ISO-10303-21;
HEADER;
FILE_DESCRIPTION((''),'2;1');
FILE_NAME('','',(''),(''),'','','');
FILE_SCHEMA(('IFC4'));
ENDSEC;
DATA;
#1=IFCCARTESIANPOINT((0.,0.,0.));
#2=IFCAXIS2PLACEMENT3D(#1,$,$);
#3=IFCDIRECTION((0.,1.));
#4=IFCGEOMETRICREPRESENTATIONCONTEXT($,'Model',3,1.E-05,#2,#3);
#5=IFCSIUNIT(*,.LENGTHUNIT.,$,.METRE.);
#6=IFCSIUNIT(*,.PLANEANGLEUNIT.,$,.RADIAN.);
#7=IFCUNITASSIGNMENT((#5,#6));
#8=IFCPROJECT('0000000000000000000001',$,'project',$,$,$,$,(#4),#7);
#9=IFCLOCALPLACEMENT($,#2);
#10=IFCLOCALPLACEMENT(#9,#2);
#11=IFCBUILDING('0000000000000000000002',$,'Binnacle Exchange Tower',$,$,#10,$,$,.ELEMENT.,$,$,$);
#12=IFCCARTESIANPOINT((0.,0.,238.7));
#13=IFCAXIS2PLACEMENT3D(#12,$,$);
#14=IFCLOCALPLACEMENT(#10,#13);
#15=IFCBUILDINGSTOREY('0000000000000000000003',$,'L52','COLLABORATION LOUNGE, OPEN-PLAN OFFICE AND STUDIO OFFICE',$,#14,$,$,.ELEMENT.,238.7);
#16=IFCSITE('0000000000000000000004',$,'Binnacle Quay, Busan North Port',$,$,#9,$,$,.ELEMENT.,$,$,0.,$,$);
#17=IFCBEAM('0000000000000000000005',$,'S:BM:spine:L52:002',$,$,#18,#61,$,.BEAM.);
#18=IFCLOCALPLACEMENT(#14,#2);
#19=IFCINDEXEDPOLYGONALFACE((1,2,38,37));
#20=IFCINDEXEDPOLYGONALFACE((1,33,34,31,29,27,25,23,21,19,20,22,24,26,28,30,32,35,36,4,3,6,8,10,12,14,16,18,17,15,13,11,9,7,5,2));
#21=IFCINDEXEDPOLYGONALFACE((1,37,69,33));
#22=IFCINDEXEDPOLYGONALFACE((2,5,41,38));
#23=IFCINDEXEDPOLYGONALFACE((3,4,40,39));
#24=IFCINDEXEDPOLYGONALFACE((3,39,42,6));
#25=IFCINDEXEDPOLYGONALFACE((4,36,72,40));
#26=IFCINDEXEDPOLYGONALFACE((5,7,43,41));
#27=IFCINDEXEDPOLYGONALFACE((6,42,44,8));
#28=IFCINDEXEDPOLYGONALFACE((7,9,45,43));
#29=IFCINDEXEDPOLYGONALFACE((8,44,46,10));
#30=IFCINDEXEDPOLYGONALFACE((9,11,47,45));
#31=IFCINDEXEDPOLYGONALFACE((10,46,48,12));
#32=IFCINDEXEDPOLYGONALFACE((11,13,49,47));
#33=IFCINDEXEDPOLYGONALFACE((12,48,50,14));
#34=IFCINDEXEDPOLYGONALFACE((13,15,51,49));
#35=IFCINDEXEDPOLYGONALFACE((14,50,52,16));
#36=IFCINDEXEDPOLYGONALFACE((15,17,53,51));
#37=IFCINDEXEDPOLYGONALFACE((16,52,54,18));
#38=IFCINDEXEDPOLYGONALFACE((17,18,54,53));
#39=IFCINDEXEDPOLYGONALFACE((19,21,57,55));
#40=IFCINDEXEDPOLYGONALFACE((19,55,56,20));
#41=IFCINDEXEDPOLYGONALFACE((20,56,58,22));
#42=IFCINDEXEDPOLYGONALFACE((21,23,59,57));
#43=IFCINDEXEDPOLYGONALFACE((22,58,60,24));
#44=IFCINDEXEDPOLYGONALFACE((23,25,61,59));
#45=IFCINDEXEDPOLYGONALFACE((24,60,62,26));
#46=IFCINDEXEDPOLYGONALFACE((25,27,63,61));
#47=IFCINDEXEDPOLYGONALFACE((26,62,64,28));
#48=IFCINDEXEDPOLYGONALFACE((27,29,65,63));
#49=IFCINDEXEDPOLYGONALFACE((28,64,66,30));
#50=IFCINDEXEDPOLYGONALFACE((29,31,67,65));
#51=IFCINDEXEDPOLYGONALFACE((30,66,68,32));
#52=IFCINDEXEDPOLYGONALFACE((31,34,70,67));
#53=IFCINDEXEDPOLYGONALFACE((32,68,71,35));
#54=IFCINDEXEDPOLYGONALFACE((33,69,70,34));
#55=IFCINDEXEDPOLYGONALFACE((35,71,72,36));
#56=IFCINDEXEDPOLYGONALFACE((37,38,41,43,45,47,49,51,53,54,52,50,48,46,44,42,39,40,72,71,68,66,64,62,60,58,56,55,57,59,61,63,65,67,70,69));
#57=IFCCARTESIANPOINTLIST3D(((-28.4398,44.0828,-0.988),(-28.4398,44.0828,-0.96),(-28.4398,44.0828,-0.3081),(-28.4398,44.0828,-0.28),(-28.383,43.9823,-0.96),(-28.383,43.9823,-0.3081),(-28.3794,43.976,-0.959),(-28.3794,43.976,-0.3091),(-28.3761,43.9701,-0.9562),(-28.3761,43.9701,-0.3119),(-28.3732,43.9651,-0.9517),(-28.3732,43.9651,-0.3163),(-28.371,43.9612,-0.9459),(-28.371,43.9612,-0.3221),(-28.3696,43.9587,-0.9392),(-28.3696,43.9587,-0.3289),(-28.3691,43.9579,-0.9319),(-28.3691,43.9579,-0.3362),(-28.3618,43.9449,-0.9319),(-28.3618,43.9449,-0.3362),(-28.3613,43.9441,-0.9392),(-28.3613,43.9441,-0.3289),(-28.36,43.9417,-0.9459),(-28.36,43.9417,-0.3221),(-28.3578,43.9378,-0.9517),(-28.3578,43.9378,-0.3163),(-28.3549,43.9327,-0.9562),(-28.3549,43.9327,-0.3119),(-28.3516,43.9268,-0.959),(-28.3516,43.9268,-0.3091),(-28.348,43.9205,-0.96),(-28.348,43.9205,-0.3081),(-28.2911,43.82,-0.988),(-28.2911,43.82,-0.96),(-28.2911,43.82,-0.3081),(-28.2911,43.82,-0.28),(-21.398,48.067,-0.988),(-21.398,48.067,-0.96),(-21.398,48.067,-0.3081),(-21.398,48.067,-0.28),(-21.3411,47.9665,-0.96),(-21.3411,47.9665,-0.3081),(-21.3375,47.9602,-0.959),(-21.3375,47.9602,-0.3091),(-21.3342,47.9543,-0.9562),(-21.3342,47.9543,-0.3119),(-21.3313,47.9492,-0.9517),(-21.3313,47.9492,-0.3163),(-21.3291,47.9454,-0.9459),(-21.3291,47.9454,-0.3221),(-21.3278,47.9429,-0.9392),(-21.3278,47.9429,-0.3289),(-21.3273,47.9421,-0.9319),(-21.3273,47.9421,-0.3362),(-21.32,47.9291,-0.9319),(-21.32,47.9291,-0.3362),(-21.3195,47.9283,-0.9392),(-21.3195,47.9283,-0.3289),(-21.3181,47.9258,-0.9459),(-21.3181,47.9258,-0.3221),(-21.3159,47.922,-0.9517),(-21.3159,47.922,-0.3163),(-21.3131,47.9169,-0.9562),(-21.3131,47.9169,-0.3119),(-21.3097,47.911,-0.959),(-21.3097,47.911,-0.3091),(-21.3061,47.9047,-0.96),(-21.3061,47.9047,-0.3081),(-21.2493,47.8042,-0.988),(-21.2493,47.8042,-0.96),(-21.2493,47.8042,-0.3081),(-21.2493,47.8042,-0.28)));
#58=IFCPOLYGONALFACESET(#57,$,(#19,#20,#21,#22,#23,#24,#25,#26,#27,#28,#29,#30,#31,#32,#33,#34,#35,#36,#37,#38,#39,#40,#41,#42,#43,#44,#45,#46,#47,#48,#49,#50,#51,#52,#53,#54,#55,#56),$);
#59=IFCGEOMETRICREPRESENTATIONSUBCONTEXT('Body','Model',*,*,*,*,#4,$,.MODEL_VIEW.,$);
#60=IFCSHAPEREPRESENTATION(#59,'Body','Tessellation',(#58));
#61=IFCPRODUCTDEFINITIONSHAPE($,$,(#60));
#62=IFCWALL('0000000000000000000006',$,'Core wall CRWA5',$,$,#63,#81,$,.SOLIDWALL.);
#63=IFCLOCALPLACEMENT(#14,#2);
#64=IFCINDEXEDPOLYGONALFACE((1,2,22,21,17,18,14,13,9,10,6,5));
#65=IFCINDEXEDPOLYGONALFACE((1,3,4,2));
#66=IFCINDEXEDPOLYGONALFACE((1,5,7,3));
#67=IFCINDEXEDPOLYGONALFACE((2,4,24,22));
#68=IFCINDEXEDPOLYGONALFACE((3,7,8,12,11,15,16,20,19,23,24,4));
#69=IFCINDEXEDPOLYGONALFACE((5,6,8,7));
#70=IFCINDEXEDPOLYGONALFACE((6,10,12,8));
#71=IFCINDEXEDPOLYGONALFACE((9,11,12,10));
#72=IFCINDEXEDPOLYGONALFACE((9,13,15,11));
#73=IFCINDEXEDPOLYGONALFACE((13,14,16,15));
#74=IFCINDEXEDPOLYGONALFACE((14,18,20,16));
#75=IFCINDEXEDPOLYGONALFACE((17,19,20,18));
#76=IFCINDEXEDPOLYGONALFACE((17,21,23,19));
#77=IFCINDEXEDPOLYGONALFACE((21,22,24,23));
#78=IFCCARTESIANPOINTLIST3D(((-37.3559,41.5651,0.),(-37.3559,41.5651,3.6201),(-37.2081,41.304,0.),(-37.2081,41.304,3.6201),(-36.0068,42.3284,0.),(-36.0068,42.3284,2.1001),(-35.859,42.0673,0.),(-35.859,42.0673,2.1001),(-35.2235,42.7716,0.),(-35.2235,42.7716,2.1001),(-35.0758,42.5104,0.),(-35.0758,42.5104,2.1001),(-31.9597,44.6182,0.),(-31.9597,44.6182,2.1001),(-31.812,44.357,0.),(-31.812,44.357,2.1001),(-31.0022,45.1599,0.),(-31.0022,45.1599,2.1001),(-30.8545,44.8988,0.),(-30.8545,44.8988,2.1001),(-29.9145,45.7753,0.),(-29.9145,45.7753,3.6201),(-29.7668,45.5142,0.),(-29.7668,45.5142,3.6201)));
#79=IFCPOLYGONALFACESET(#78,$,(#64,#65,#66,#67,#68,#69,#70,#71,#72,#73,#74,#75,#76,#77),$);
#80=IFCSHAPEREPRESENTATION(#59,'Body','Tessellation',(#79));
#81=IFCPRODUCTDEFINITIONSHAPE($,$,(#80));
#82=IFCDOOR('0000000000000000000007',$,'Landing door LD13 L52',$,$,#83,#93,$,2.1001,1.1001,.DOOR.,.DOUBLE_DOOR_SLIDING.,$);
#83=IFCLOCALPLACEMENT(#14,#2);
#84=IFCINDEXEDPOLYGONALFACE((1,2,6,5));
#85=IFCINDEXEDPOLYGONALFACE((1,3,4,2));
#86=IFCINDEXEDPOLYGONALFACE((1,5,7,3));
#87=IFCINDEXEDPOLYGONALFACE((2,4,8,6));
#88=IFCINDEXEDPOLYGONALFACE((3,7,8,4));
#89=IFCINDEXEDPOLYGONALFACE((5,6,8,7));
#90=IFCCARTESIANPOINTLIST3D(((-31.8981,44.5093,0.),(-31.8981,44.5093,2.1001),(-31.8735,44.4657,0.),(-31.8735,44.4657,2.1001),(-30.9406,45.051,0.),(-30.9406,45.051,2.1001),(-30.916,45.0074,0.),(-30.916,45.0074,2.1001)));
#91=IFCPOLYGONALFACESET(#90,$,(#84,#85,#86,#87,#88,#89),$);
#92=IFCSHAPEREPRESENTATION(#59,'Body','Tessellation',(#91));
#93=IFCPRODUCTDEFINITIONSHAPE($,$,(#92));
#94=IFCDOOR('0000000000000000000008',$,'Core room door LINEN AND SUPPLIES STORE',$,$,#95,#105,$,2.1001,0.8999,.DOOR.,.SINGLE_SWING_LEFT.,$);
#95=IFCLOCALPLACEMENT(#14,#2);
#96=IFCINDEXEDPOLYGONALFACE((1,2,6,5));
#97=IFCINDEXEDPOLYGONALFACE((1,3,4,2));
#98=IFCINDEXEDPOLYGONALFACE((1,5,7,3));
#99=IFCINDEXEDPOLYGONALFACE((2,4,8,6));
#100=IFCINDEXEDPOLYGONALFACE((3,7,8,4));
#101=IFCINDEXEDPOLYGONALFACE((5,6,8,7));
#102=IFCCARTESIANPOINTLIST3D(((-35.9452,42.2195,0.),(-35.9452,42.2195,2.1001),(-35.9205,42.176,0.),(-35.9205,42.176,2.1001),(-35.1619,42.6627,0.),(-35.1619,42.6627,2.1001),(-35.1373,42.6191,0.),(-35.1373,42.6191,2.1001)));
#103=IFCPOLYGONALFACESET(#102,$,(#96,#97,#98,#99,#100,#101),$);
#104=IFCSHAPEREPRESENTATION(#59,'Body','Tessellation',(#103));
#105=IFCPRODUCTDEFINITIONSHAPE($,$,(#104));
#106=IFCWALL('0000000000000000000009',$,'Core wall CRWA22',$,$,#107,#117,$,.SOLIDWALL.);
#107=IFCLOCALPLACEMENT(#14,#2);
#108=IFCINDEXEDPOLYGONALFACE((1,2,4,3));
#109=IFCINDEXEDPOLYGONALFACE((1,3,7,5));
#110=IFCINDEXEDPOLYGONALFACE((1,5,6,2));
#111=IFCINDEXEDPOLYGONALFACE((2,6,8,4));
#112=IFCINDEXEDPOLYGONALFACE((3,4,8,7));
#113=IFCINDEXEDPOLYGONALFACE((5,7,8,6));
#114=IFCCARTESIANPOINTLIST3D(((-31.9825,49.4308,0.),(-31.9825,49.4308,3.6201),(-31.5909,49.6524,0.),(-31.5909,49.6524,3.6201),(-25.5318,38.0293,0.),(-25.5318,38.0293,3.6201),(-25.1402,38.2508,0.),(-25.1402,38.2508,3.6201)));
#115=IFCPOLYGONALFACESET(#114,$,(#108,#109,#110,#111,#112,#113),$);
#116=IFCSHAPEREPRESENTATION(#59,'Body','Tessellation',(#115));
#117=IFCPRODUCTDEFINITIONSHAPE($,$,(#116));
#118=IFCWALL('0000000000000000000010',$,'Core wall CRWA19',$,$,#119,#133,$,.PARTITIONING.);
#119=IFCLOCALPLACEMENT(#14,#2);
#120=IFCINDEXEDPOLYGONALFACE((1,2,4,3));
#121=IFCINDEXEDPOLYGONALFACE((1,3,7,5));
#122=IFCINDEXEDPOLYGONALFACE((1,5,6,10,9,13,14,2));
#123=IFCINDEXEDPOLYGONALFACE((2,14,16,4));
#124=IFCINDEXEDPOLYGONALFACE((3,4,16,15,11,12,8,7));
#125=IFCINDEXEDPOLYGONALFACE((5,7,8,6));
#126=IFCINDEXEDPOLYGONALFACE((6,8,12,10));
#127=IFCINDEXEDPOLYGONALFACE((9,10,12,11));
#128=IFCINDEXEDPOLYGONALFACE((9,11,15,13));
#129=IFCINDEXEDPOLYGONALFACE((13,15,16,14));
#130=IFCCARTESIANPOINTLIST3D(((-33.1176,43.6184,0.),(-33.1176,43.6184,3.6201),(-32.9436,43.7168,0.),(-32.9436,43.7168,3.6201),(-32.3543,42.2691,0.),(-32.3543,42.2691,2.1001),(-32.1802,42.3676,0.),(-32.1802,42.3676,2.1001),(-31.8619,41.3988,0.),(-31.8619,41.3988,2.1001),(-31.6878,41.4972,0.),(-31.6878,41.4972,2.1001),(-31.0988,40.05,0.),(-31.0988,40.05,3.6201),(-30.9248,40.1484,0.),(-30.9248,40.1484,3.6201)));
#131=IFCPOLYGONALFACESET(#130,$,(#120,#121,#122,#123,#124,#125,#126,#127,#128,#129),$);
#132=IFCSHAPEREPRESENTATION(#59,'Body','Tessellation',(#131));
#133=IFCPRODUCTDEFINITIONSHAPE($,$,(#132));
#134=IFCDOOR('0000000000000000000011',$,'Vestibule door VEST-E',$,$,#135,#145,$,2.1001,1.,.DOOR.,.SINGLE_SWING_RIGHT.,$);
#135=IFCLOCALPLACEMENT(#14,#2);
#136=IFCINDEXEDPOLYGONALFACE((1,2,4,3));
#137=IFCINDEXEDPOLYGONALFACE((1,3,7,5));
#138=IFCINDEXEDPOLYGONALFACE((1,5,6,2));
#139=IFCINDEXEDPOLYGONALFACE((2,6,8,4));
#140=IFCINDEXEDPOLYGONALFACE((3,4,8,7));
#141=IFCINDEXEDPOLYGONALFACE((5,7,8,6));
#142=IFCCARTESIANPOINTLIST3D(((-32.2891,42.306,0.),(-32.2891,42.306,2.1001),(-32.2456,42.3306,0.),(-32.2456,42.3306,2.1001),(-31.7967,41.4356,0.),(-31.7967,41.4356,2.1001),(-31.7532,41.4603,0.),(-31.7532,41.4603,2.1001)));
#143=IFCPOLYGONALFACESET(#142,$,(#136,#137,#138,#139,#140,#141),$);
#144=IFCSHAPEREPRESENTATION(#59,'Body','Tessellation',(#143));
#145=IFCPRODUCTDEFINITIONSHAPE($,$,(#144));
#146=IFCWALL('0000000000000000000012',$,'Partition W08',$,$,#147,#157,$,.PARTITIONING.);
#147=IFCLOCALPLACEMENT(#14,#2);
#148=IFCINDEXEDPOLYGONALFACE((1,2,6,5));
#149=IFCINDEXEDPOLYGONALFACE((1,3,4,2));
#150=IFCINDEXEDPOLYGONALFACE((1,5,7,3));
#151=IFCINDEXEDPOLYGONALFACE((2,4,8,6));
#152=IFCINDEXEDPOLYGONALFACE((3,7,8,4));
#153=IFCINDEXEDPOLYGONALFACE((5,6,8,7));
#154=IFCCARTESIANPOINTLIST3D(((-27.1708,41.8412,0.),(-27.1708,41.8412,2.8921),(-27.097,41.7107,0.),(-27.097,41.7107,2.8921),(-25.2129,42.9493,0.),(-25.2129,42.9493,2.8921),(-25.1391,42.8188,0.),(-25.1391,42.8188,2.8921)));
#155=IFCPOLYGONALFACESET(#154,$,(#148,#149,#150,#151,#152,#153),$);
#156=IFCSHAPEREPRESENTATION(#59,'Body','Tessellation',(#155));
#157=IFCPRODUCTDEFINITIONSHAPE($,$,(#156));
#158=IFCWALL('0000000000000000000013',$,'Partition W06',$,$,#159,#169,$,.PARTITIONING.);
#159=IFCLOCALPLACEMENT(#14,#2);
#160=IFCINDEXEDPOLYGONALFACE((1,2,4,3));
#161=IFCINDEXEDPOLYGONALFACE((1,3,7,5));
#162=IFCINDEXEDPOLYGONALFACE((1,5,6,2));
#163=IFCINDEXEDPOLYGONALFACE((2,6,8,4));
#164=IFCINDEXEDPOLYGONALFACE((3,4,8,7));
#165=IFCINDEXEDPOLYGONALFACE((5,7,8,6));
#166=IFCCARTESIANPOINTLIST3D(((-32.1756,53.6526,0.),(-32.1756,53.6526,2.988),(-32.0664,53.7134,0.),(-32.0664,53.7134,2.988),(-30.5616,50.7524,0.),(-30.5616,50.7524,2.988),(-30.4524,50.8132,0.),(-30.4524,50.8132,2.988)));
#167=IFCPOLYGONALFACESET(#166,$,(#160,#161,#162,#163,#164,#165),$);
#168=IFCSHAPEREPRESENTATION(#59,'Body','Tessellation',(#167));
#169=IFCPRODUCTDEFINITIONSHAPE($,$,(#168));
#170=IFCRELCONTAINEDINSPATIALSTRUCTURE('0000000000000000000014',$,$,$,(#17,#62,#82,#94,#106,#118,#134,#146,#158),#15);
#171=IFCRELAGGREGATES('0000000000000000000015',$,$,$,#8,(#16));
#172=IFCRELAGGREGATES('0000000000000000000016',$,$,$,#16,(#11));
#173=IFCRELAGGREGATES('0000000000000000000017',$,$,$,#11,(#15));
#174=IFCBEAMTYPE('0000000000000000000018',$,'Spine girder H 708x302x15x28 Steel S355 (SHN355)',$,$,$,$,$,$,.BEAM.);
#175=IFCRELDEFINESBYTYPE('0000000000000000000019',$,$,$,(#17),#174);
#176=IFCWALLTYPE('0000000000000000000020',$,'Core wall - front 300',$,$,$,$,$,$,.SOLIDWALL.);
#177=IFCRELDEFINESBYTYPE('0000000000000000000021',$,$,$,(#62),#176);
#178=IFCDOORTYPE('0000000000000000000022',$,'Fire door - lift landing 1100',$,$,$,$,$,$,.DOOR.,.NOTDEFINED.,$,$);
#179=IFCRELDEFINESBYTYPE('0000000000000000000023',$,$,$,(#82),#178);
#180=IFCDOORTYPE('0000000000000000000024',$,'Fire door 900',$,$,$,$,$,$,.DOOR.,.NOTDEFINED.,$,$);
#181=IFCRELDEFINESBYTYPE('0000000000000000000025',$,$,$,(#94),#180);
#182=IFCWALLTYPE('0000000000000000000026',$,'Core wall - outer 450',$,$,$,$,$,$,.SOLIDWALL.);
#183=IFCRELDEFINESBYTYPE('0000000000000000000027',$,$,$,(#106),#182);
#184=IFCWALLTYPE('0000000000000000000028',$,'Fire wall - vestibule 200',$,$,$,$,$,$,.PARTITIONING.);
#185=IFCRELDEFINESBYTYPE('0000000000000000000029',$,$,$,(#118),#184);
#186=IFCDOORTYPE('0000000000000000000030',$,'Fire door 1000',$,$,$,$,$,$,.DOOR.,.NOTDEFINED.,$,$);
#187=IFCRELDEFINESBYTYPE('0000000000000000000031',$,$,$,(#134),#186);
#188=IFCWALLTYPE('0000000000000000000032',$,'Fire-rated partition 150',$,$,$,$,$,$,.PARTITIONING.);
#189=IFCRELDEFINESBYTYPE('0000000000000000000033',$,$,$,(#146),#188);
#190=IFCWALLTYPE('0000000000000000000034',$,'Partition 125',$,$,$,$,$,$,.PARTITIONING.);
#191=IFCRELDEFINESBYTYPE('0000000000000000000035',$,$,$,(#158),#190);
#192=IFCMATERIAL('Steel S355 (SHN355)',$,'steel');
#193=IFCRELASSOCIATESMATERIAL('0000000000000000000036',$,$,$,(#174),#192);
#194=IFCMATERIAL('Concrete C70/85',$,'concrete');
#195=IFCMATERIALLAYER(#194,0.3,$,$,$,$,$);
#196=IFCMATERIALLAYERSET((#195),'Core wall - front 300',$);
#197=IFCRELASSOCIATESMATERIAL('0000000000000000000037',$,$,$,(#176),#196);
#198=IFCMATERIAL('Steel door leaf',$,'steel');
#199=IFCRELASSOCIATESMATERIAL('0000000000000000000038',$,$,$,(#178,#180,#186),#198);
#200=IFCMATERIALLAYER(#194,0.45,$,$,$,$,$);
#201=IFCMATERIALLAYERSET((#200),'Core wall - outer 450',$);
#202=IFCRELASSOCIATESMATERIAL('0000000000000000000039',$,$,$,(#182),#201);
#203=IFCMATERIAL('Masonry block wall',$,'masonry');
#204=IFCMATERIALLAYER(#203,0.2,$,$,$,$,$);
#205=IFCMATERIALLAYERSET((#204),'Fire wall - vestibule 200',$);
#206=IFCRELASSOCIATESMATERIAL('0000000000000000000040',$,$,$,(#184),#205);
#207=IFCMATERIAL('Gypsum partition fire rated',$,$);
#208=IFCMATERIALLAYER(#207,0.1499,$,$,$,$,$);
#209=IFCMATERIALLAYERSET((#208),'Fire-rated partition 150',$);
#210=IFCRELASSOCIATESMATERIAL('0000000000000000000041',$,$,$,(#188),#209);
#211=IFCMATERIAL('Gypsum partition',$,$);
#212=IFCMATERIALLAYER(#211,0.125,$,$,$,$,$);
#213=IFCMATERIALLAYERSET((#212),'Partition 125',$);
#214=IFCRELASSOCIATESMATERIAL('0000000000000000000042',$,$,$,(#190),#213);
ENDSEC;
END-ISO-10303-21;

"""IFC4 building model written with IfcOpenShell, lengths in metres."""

from ifc_helpers import new_model, si_unit, direction, frame, frame_2d, origin, origin_2d, place, context, subcontext, project, spatial, rectangle, i_section, extrude, material, layer, layer_set, material_profile, profile_set, type_object, element, fill, save


model = new_model("IFC4")

# Units and contexts
model_context = context("Model", 3, precision=1e-05, world=origin(), true_north=direction((0.0, 1.0)))
body_context = subcontext(model_context, "Body", "Model", "MODEL_VIEW")
ifc_project = project(units=[si_unit("LENGTHUNIT", "METRE"), si_unit("PLANEANGLEUNIT", "RADIAN")], contexts=[model_context])

# Site, building, storey
site_placement = place(None, origin())
site = spatial("IfcSite", under=ifc_project, at=site_placement, Name="Binnacle Quay, Busan North Port", CompositionType="ELEMENT", RefElevation=0.0)
building_placement = place(site_placement, origin())
building = spatial("IfcBuilding", under=site, at=building_placement, Name="Binnacle Exchange Tower", CompositionType="ELEMENT")
storey_placement = place(building_placement, frame((0.0, 0.0, 238.7)))
storey = spatial("IfcBuildingStorey", under=building, at=storey_placement, Name="L52", Description="COLLABORATION LOUNGE, OPEN-PLAN OFFICE AND STUDIO OFFICE", CompositionType="ELEMENT", Elevation=238.7)

# Beam
ifc_material_1 = material(Name="Steel S355 (SHN355)", Category="steel")
ifc_material_profile_1 = material_profile(ifc_material_1, i_section(OverallWidth=0.302, OverallDepth=0.708, WebThickness=0.0149, FlangeThickness=0.0281, FilletRadius=0.0281, at=origin_2d()), Name="H 708x302x15x28")
ifc_profile_set_1 = profile_set([ifc_material_profile_1], Name="Steel S355 (SHN355)")
beam_type_1 = type_object("IfcBeamType", Name="Spine girder H 708x302x15x28 Steel S355 (SHN355)", PredefinedType="BEAM", material=ifc_profile_set_1)
beam_1_placement = place(storey_placement, frame((-28.3655, 43.9514, -0.634), z_axis=(0.87035, 0.492433, 0.0), x_axis=(-0.492433, 0.87035, 0.0)))
element("IfcBeam", 1, at=beam_1_placement, inside=storey, type_object=beam_type_1, Name="S:BM:spine:L52:002", PredefinedType="BEAM", context=body_context, shape_type="SweptSolid", body=[
    extrude(i_section(OverallWidth=0.302, OverallDepth=0.708, WebThickness=0.0149, FlangeThickness=0.0281, FilletRadius=0.0281, at=origin_2d()), origin(), (0.0, 0.0, 1.0), 8.0908),
])

# Wall, openings, doors
ifc_material_2 = material(Name="Concrete C70/85", Category="concrete")
ifc_layer_1 = layer(ifc_material_2, 0.3)
ifc_layer_set_1 = layer_set([ifc_layer_1], Name="Core wall - front 300")
wall_type_1 = type_object("IfcWallType", Name="Core wall - front 300", PredefinedType="SOLIDWALL", material=ifc_layer_set_1)
wall_1_placement = place(storey_placement, frame((-37.282, 41.4346, 0.0), z_axis=(0.0, 0.0, 1.0), x_axis=(0.870353, 0.492429, 0.0)))
wall_1 = element("IfcWall", 2, at=wall_1_placement, inside=storey, type_object=wall_type_1, Name="Core wall CRWA5", PredefinedType="SOLIDWALL", context=body_context, shape_type="SweptSolid", body=[
    extrude(rectangle(XDim=8.5498, YDim=0.3, at=frame_2d((4.2749, 0.0))), origin(), (0.0, 0.0, 1.0), 3.6201),
])
opening_1_placement = place(wall_1_placement, frame((6.2, 0.0, 0.0)))
opening_1 = element("IfcOpeningElement", 3, at=opening_1_placement, cuts=wall_1, PredefinedType="OPENING", context=body_context, shape_type="SweptSolid", body=[
    extrude(rectangle(XDim=1.1001, YDim=2.1001, at=frame_2d((0.55, 1.05))), frame((0.0, 0.1599, 0.0), z_axis=(0.0, -1.0, 0.0), x_axis=(1.0, 0.0, 0.0)), (0.0, 0.0, 1.0), 0.3201),
])
opening_2_placement = place(wall_1_placement, frame((1.55, 0.0, 0.0)))
opening_2 = element("IfcOpeningElement", 4, at=opening_2_placement, cuts=wall_1, PredefinedType="OPENING", context=body_context, shape_type="SweptSolid", body=[
    extrude(rectangle(XDim=0.8999, YDim=2.1001, at=frame_2d((0.45, 1.05))), frame((0.0, 0.1599, 0.0), z_axis=(0.0, -1.0, 0.0), x_axis=(1.0, 0.0, 0.0)), (0.0, 0.0, 1.0), 0.3201),
])
ifc_material_3 = material(Name="Steel door leaf", Category="steel")
door_type_1 = type_object("IfcDoorType", Name="Fire door - lift landing 1100", OperationType="NOTDEFINED", PredefinedType="DOOR", material=ifc_material_3)
door_1_placement = place(opening_1_placement, origin())
door_1 = element("IfcDoor", 5, at=door_1_placement, inside=storey, type_object=door_type_1, Name="Landing door LD13 L52", OperationType="DOUBLE_DOOR_SLIDING", OverallHeight=2.1001, OverallWidth=1.1001, PredefinedType="DOOR", context=body_context, shape_type="SweptSolid", body=[
    extrude(rectangle(XDim=1.1001, YDim=2.1001, at=frame_2d((0.55, 1.05))), frame((0.0, 0.0249, 0.0), z_axis=(0.0, -1.0, 0.0), x_axis=(1.0, 0.0, 0.0)), (0.0, 0.0, 1.0), 0.05),
])
fill(opening_1, door_1)
door_type_2 = type_object("IfcDoorType", Name="Fire door 900", OperationType="NOTDEFINED", PredefinedType="DOOR", material=ifc_material_3)
door_2_placement = place(opening_2_placement, origin())
door_2 = element("IfcDoor", 6, at=door_2_placement, inside=storey, type_object=door_type_2, Name="Core room door LINEN AND SUPPLIES STORE", OperationType="SINGLE_SWING_LEFT", OverallHeight=2.1001, OverallWidth=0.8999, PredefinedType="DOOR", context=body_context, shape_type="SweptSolid", body=[
    extrude(rectangle(XDim=0.8999, YDim=2.1001, at=frame_2d((0.45, 1.05))), frame((0.0, 0.0249, 0.0), z_axis=(0.0, -1.0, 0.0), x_axis=(1.0, 0.0, 0.0)), (0.0, 0.0, 1.0), 0.05),
])
fill(opening_2, door_2)

# Wall
ifc_layer_2 = layer(ifc_material_2, 0.45)
ifc_layer_set_2 = layer_set([ifc_layer_2], Name="Core wall - outer 450")
wall_type_2 = type_object("IfcWallType", Name="Core wall - outer 450", PredefinedType="SOLIDWALL", material=ifc_layer_set_2)
wall_2_placement = place(storey_placement, frame((-31.7866, 49.5415, 0.0), z_axis=(0.0, 0.0, 1.0), x_axis=(0.492421, -0.870357, 0.0)))
element("IfcWall", 7, at=wall_2_placement, inside=storey, type_object=wall_type_2, Name="Core wall CRWA22", PredefinedType="SOLIDWALL", context=body_context, shape_type="SweptSolid", body=[
    extrude(rectangle(XDim=13.0999, YDim=0.45, at=frame_2d((6.5498, 0.0))), origin(), (0.0, 0.0, 1.0), 3.6201),
])

# Wall, opening, door
ifc_material_4 = material(Name="Masonry block wall", Category="masonry")
ifc_layer_3 = layer(ifc_material_4, 0.2)
ifc_layer_set_3 = layer_set([ifc_layer_3], Name="Fire wall - vestibule 200")
wall_type_3 = type_object("IfcWallType", Name="Fire wall - vestibule 200", PredefinedType="PARTITIONING", material=ifc_layer_set_3)
wall_3_placement = place(storey_placement, frame((-33.0305, 43.6675, 0.0), z_axis=(0.0, 0.0, 1.0), x_axis=(0.492408, -0.870364, 0.0)))
wall_3 = element("IfcWall", 8, at=wall_3_placement, inside=storey, type_object=wall_type_3, Name="Core wall CRWA19", PredefinedType="PARTITIONING", context=body_context, shape_type="SweptSolid", body=[
    extrude(rectangle(XDim=4.0999, YDim=0.2, at=frame_2d((2.0498, 0.0))), origin(), (0.0, 0.0, 1.0), 3.6201),
])
opening_3_placement = place(wall_3_placement, frame((1.55, 0.0, 0.0)))
opening_3 = element("IfcOpeningElement", 9, at=opening_3_placement, cuts=wall_3, PredefinedType="OPENING", context=body_context, shape_type="SweptSolid", body=[
    extrude(rectangle(XDim=1.0, YDim=2.1001, at=frame_2d((0.5, 1.05))), frame((0.0, 0.1099, 0.0), z_axis=(0.0, -1.0, 0.0), x_axis=(1.0, 0.0, 0.0)), (0.0, 0.0, 1.0), 0.22),
])
door_type_3 = type_object("IfcDoorType", Name="Fire door 1000", OperationType="NOTDEFINED", PredefinedType="DOOR", material=ifc_material_3)
door_3_placement = place(opening_3_placement, origin())
door_3 = element("IfcDoor", 10, at=door_3_placement, inside=storey, type_object=door_type_3, Name="Vestibule door VEST-E", OperationType="SINGLE_SWING_RIGHT", OverallHeight=2.1001, OverallWidth=1.0, PredefinedType="DOOR", context=body_context, shape_type="SweptSolid", body=[
    extrude(rectangle(XDim=1.0, YDim=2.1001, at=frame_2d((0.5, 1.05))), frame((0.0, 0.0249, 0.0), z_axis=(0.0, -1.0, 0.0), x_axis=(1.0, 0.0, 0.0)), (0.0, 0.0, 1.0), 0.05),
])
fill(opening_3, door_3)

# Walls
ifc_material_5 = material(Name="Gypsum partition fire rated")
ifc_layer_4 = layer(ifc_material_5, 0.1499)
ifc_layer_set_4 = layer_set([ifc_layer_4], Name="Fire-rated partition 150")
wall_type_4 = type_object("IfcWallType", Name="Fire-rated partition 150", PredefinedType="PARTITIONING", material=ifc_layer_set_4)
wall_4_placement = place(storey_placement, frame((-27.134, 41.7759, 0.0), z_axis=(0.0, 0.0, 1.0), x_axis=(0.870286, 0.492547, 0.0)))
element("IfcWall", 11, at=wall_4_placement, inside=storey, type_object=wall_type_4, Name="Partition W08", PredefinedType="PARTITIONING", context=body_context, shape_type="SweptSolid", body=[
    extrude(rectangle(XDim=2.2498, YDim=0.1499, at=frame_2d((1.125, 0.0))), origin(), (0.0, 0.0, 1.0), 2.8921),
])
ifc_material_6 = material(Name="Gypsum partition")
ifc_layer_5 = layer(ifc_material_6, 0.125)
ifc_layer_set_5 = layer_set([ifc_layer_5], Name="Partition 125")
wall_type_5 = type_object("IfcWallType", Name="Partition 125", PredefinedType="PARTITIONING", material=ifc_layer_set_5)
wall_5_placement = place(storey_placement, frame((-32.1211, 53.6831, 0.0), z_axis=(0.0, 0.0, 1.0), x_axis=(0.486292, -0.873796, 0.0)))
element("IfcWall", 12, at=wall_5_placement, inside=storey, type_object=wall_type_5, Name="Partition W06", PredefinedType="PARTITIONING", context=body_context, shape_type="SweptSolid", body=[
    extrude(rectangle(XDim=3.3191, YDim=0.125, at=frame_2d((1.6597, 0.0))), origin(), (0.0, 0.0, 1.0), 2.988),
])

save(model, "model.ifc")
